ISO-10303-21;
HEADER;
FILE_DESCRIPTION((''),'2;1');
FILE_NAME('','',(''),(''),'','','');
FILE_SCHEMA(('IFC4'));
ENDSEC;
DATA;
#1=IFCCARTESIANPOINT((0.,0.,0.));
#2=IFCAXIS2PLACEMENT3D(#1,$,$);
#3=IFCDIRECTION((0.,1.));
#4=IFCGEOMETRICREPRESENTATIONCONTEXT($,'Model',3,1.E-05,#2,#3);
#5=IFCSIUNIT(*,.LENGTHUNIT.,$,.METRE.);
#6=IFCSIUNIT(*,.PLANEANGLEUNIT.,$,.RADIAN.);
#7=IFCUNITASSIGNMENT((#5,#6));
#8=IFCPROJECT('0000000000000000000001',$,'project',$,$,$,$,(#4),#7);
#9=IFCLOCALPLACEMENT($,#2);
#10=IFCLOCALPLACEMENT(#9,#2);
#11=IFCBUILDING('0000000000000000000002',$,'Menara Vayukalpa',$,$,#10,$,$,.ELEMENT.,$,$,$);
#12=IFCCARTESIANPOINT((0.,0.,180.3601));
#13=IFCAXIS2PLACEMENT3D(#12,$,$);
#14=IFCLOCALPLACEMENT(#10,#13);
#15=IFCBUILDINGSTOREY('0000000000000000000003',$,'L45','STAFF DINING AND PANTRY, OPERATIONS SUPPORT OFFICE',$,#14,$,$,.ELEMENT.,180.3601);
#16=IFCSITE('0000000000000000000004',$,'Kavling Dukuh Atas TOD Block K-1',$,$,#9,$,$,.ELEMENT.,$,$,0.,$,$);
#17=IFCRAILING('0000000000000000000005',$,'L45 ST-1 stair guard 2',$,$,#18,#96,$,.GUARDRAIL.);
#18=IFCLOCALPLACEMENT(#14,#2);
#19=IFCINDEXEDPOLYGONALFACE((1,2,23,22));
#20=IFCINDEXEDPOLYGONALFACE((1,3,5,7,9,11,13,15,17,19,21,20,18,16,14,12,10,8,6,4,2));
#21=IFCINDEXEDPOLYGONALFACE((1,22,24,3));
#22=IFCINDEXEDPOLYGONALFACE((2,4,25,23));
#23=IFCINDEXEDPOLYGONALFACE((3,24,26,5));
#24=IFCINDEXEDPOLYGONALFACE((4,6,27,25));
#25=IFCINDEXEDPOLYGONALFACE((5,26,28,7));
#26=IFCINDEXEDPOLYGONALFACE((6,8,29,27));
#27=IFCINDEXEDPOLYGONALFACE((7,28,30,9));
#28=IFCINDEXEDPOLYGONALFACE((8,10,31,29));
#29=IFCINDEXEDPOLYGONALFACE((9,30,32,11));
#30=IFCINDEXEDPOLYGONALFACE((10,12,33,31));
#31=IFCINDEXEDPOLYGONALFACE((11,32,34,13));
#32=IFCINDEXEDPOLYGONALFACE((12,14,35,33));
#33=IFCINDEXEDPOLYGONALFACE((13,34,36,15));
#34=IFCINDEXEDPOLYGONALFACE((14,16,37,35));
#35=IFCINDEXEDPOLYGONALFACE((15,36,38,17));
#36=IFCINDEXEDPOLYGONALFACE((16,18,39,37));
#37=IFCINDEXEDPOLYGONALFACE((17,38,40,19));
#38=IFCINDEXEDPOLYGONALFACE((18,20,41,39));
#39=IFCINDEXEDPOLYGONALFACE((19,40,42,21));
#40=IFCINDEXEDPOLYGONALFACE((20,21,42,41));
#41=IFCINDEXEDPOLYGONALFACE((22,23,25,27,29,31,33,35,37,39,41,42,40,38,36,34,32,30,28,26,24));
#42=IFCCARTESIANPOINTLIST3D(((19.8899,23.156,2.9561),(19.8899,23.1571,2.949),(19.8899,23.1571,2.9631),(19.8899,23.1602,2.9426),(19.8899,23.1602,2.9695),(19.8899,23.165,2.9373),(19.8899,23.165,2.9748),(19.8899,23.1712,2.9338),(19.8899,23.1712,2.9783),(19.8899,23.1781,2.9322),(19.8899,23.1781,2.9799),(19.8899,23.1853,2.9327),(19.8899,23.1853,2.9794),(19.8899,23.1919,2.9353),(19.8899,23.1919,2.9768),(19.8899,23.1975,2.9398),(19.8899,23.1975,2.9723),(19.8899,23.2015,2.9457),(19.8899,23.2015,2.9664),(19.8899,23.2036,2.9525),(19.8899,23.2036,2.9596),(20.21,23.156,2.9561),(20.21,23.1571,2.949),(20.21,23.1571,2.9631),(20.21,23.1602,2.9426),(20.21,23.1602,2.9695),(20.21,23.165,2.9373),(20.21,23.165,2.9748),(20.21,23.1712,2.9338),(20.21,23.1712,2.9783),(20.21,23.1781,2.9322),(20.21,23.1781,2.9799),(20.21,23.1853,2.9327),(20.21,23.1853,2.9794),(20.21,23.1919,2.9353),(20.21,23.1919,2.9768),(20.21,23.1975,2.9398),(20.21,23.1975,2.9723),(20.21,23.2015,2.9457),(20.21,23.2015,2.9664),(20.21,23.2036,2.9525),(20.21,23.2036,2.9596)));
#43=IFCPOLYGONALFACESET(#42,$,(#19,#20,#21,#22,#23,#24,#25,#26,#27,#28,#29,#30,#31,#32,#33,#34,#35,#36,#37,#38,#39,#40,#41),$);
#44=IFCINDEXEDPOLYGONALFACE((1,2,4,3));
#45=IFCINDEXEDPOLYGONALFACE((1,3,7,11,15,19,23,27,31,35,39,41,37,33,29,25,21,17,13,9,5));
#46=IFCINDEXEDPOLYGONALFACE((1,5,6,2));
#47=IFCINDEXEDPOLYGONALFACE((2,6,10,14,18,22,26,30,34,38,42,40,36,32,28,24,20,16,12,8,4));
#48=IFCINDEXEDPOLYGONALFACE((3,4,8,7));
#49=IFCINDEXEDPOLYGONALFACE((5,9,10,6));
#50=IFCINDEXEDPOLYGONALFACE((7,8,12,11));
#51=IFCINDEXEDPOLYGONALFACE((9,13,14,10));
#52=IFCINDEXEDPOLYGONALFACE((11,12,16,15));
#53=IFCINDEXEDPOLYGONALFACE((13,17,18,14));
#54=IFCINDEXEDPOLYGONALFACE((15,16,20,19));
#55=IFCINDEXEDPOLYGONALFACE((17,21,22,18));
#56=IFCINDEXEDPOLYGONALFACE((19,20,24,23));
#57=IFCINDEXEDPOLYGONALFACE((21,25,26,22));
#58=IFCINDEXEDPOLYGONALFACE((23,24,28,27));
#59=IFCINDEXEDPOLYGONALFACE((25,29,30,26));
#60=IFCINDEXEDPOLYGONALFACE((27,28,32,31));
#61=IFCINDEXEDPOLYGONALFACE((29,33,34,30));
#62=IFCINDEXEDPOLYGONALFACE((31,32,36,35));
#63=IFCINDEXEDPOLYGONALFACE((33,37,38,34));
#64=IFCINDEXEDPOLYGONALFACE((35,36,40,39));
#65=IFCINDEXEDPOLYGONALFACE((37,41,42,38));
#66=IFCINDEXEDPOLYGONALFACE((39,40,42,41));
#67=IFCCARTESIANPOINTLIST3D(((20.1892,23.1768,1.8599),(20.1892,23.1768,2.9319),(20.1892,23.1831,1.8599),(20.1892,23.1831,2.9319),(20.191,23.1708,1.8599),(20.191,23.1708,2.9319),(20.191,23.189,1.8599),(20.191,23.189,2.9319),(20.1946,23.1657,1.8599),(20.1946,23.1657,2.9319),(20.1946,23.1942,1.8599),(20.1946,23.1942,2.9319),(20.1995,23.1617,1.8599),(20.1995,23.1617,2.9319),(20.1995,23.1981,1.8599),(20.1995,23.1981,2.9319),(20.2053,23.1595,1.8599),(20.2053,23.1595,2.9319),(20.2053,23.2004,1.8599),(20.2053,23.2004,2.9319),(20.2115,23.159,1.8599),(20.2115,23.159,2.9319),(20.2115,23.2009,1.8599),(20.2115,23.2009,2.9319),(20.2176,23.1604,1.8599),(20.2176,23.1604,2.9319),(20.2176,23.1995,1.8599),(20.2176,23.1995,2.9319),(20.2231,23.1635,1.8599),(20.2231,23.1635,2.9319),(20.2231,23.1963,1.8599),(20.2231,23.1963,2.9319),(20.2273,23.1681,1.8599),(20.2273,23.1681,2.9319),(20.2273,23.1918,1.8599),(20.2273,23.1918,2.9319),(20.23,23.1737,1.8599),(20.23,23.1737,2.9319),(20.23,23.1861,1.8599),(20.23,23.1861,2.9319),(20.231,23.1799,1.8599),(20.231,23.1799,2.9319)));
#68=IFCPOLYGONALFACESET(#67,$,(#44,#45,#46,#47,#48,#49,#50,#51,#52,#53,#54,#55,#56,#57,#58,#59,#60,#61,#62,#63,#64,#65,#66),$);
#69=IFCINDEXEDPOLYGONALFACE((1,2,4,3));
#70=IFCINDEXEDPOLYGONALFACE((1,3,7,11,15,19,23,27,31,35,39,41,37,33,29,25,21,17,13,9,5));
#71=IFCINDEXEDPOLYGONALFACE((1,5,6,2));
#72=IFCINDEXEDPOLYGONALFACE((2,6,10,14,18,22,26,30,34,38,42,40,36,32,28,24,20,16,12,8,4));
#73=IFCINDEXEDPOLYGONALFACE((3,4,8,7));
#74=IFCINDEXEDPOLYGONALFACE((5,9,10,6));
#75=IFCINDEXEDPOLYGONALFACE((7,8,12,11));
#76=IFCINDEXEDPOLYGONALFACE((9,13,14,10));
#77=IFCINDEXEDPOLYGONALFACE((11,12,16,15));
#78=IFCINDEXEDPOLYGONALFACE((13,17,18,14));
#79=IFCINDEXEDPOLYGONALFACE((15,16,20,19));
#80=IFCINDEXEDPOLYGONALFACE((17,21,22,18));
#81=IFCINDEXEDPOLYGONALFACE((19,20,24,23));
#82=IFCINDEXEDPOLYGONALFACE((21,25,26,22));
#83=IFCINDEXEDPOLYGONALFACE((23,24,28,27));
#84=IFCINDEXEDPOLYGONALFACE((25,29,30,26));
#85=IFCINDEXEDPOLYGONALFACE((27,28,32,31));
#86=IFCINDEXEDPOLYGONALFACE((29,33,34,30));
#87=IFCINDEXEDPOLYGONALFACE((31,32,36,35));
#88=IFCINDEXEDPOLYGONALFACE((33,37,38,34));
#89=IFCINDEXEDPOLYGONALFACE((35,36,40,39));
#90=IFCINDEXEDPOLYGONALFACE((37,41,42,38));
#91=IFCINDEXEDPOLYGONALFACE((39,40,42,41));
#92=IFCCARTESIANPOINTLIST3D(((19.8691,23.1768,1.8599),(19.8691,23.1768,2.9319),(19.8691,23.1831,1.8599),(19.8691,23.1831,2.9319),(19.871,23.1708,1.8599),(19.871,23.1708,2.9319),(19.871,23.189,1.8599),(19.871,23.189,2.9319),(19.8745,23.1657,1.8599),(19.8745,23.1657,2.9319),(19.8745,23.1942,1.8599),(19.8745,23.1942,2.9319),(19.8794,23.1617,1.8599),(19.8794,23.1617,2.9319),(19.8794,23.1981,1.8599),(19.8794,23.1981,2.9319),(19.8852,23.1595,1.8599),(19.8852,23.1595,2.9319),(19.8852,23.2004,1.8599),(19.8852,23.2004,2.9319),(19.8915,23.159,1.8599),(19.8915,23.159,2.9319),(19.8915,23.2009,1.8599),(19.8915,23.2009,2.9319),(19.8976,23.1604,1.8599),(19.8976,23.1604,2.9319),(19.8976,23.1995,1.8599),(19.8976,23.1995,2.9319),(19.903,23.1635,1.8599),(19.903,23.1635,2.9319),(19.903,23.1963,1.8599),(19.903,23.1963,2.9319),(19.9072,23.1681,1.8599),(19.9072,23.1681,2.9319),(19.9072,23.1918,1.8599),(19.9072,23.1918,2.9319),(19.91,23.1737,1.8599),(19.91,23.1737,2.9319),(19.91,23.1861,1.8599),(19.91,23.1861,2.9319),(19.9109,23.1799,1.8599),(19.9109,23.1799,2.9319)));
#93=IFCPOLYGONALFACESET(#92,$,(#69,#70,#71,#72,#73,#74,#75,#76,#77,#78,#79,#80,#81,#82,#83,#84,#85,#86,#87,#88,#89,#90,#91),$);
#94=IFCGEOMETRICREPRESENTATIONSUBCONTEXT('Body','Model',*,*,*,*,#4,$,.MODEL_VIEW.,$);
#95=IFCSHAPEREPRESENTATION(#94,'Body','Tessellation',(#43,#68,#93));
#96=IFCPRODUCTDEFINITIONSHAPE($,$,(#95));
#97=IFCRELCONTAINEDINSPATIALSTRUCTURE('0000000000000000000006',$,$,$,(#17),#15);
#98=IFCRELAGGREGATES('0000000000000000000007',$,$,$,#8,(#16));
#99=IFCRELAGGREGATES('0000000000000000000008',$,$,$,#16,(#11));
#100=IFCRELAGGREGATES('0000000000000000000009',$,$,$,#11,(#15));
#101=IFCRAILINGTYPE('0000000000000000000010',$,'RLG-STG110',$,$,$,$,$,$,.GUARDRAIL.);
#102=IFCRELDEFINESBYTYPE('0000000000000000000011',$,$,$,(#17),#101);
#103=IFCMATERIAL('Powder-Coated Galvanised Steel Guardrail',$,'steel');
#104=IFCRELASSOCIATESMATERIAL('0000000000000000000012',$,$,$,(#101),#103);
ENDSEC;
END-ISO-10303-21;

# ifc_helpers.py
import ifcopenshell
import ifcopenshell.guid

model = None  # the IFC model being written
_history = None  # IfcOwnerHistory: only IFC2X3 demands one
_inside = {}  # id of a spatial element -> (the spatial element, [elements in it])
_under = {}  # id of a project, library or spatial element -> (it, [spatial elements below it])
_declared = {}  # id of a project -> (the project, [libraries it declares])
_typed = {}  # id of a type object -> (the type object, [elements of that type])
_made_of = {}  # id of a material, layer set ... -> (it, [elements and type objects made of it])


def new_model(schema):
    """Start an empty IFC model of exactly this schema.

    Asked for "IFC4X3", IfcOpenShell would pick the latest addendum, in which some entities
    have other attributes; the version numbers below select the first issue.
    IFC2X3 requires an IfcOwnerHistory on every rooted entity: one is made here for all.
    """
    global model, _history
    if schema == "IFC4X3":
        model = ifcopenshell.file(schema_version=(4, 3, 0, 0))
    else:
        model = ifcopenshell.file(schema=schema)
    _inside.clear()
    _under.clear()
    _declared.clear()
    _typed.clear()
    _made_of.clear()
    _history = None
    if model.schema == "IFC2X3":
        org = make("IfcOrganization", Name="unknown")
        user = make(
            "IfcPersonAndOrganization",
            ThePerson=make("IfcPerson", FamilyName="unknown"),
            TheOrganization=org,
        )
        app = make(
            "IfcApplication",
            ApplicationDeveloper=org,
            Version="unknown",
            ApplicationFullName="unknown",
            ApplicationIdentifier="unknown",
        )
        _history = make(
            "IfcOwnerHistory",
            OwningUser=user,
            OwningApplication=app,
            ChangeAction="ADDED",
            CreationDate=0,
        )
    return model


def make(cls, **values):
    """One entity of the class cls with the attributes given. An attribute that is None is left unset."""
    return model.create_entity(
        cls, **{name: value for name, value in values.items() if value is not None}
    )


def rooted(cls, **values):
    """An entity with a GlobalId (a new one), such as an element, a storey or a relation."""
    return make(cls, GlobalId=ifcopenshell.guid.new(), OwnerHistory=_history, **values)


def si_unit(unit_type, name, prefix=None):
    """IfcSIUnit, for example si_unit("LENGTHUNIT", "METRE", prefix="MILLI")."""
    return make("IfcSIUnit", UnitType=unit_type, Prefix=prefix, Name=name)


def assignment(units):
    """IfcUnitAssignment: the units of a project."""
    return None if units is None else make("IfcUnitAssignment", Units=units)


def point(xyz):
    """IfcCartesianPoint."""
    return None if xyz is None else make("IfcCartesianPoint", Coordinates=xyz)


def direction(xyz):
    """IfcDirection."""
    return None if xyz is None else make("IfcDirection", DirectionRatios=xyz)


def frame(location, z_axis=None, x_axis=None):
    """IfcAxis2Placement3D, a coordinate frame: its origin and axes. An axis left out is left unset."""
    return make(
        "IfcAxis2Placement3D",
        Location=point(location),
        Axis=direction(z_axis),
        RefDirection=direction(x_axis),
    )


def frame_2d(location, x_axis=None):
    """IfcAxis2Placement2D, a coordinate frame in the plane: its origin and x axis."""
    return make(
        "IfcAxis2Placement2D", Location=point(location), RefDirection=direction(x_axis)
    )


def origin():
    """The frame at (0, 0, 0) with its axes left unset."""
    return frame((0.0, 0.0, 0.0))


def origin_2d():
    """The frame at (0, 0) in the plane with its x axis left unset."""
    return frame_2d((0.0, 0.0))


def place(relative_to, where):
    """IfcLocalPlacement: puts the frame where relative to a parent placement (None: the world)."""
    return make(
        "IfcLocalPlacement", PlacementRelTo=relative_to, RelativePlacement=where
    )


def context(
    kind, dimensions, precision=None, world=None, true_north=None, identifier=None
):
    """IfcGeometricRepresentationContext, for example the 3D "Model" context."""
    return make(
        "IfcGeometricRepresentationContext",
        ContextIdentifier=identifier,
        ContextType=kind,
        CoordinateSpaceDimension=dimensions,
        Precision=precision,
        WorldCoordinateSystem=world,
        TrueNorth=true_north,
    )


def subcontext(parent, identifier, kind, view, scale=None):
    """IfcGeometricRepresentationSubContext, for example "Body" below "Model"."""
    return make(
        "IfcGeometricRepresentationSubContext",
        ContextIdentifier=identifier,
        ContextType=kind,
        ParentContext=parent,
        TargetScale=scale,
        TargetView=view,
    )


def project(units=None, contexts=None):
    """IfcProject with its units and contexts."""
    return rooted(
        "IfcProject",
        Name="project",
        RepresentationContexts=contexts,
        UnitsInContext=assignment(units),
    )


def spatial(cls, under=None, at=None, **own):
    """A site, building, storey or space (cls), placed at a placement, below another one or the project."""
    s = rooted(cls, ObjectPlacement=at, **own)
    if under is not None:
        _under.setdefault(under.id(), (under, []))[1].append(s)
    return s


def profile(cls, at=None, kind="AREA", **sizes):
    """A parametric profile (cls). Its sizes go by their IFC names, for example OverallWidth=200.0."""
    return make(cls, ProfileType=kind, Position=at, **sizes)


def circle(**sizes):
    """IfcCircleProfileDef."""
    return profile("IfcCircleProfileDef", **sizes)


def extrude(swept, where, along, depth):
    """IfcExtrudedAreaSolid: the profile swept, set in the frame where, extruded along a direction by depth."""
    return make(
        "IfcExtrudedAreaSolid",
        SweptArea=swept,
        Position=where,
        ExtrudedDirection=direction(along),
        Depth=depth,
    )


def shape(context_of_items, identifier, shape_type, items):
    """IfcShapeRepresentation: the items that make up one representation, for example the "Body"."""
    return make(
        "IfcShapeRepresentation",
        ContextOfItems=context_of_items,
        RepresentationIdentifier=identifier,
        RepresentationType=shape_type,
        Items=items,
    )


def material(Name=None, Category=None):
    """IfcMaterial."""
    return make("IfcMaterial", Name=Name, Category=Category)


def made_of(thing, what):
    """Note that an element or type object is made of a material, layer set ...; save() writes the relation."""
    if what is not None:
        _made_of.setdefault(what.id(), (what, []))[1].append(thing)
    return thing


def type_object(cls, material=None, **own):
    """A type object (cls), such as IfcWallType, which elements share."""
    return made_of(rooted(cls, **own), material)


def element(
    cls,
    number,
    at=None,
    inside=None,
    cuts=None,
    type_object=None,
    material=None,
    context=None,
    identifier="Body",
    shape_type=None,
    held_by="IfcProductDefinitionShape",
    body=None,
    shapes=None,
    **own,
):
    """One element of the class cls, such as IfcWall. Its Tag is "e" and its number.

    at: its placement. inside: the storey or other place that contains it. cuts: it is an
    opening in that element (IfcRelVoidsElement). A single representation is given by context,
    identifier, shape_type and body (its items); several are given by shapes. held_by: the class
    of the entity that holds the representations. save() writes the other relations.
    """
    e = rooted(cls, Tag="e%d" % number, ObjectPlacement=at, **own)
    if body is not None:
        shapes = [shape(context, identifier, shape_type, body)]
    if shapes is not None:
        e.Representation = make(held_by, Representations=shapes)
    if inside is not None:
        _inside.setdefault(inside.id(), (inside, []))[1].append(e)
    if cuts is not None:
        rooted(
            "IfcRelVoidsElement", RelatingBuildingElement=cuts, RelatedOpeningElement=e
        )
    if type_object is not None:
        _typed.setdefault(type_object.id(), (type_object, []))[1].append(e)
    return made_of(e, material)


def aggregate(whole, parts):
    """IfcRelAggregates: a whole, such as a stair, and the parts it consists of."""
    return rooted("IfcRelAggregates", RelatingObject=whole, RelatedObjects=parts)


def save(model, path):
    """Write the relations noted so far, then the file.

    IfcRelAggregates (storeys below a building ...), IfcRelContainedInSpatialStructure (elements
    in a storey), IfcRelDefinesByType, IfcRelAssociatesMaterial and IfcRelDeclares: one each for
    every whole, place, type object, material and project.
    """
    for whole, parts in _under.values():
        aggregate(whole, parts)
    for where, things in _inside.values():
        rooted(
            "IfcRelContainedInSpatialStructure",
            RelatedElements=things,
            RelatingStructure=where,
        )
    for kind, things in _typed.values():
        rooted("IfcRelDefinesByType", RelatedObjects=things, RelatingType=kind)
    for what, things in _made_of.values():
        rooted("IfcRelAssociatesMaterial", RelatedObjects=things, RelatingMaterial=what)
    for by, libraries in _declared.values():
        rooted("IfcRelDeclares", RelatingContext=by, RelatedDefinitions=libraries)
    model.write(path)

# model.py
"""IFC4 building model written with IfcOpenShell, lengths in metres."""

from ifc_helpers import new_model, si_unit, direction, frame, origin, origin_2d, place, context, subcontext, project, spatial, circle, extrude, material, type_object, element, save


model = new_model("IFC4")

# Units and contexts
model_context = context("Model", 3, precision=1e-05, world=origin(), true_north=direction((0.0, 1.0)))
body_context = subcontext(model_context, "Body", "Model", "MODEL_VIEW")
ifc_project = project(units=[si_unit("LENGTHUNIT", "METRE"), si_unit("PLANEANGLEUNIT", "RADIAN")], contexts=[model_context])

# Site, building, storey
site_placement = place(None, origin())
site = spatial("IfcSite", under=ifc_project, at=site_placement, Name="Kavling Dukuh Atas TOD Block K-1", CompositionType="ELEMENT", RefElevation=0.0)
building_placement = place(site_placement, origin())
building = spatial("IfcBuilding", under=site, at=building_placement, Name="Menara Vayukalpa", CompositionType="ELEMENT")
storey_placement = place(building_placement, frame((0.0, 0.0, 180.3601)))
storey = spatial("IfcBuildingStorey", under=building, at=storey_placement, Name="L45", Description="STAFF DINING AND PANTRY, OPERATIONS SUPPORT OFFICE", CompositionType="ELEMENT", Elevation=180.3601)

# Railing
ifc_material_1 = material(Name="Powder-Coated Galvanised Steel Guardrail", Category="steel")
railing_type_1 = type_object("IfcRailingType", Name="RLG-STG110", PredefinedType="GUARDRAIL", material=ifc_material_1)
railing_1_placement = place(storey_placement, frame((20.21, 23.1799, 1.8599)))
element("IfcRailing", 1, at=railing_1_placement, inside=storey, type_object=railing_type_1, Name="L45 ST-1 stair guard 2", PredefinedType="GUARDRAIL", context=body_context, shape_type="SweptSolid", body=[
    extrude(circle(Radius=0.0239, at=origin_2d()), frame((0.0, 0.0, 1.0962), z_axis=(-1.0, 0.0, 0.0), x_axis=(0.0, -1.0, 0.0)), (0.0, 0.0, 1.0), 0.3201),
    extrude(circle(Radius=0.021, at=origin_2d()), origin(), (0.0, 0.0, 1.0), 1.072),
    extrude(circle(Radius=0.021, at=origin_2d()), frame((-0.3201, 0.0, 0.0)), (0.0, 0.0, 1.0), 1.072),
])

save(model, "model.ifc")
